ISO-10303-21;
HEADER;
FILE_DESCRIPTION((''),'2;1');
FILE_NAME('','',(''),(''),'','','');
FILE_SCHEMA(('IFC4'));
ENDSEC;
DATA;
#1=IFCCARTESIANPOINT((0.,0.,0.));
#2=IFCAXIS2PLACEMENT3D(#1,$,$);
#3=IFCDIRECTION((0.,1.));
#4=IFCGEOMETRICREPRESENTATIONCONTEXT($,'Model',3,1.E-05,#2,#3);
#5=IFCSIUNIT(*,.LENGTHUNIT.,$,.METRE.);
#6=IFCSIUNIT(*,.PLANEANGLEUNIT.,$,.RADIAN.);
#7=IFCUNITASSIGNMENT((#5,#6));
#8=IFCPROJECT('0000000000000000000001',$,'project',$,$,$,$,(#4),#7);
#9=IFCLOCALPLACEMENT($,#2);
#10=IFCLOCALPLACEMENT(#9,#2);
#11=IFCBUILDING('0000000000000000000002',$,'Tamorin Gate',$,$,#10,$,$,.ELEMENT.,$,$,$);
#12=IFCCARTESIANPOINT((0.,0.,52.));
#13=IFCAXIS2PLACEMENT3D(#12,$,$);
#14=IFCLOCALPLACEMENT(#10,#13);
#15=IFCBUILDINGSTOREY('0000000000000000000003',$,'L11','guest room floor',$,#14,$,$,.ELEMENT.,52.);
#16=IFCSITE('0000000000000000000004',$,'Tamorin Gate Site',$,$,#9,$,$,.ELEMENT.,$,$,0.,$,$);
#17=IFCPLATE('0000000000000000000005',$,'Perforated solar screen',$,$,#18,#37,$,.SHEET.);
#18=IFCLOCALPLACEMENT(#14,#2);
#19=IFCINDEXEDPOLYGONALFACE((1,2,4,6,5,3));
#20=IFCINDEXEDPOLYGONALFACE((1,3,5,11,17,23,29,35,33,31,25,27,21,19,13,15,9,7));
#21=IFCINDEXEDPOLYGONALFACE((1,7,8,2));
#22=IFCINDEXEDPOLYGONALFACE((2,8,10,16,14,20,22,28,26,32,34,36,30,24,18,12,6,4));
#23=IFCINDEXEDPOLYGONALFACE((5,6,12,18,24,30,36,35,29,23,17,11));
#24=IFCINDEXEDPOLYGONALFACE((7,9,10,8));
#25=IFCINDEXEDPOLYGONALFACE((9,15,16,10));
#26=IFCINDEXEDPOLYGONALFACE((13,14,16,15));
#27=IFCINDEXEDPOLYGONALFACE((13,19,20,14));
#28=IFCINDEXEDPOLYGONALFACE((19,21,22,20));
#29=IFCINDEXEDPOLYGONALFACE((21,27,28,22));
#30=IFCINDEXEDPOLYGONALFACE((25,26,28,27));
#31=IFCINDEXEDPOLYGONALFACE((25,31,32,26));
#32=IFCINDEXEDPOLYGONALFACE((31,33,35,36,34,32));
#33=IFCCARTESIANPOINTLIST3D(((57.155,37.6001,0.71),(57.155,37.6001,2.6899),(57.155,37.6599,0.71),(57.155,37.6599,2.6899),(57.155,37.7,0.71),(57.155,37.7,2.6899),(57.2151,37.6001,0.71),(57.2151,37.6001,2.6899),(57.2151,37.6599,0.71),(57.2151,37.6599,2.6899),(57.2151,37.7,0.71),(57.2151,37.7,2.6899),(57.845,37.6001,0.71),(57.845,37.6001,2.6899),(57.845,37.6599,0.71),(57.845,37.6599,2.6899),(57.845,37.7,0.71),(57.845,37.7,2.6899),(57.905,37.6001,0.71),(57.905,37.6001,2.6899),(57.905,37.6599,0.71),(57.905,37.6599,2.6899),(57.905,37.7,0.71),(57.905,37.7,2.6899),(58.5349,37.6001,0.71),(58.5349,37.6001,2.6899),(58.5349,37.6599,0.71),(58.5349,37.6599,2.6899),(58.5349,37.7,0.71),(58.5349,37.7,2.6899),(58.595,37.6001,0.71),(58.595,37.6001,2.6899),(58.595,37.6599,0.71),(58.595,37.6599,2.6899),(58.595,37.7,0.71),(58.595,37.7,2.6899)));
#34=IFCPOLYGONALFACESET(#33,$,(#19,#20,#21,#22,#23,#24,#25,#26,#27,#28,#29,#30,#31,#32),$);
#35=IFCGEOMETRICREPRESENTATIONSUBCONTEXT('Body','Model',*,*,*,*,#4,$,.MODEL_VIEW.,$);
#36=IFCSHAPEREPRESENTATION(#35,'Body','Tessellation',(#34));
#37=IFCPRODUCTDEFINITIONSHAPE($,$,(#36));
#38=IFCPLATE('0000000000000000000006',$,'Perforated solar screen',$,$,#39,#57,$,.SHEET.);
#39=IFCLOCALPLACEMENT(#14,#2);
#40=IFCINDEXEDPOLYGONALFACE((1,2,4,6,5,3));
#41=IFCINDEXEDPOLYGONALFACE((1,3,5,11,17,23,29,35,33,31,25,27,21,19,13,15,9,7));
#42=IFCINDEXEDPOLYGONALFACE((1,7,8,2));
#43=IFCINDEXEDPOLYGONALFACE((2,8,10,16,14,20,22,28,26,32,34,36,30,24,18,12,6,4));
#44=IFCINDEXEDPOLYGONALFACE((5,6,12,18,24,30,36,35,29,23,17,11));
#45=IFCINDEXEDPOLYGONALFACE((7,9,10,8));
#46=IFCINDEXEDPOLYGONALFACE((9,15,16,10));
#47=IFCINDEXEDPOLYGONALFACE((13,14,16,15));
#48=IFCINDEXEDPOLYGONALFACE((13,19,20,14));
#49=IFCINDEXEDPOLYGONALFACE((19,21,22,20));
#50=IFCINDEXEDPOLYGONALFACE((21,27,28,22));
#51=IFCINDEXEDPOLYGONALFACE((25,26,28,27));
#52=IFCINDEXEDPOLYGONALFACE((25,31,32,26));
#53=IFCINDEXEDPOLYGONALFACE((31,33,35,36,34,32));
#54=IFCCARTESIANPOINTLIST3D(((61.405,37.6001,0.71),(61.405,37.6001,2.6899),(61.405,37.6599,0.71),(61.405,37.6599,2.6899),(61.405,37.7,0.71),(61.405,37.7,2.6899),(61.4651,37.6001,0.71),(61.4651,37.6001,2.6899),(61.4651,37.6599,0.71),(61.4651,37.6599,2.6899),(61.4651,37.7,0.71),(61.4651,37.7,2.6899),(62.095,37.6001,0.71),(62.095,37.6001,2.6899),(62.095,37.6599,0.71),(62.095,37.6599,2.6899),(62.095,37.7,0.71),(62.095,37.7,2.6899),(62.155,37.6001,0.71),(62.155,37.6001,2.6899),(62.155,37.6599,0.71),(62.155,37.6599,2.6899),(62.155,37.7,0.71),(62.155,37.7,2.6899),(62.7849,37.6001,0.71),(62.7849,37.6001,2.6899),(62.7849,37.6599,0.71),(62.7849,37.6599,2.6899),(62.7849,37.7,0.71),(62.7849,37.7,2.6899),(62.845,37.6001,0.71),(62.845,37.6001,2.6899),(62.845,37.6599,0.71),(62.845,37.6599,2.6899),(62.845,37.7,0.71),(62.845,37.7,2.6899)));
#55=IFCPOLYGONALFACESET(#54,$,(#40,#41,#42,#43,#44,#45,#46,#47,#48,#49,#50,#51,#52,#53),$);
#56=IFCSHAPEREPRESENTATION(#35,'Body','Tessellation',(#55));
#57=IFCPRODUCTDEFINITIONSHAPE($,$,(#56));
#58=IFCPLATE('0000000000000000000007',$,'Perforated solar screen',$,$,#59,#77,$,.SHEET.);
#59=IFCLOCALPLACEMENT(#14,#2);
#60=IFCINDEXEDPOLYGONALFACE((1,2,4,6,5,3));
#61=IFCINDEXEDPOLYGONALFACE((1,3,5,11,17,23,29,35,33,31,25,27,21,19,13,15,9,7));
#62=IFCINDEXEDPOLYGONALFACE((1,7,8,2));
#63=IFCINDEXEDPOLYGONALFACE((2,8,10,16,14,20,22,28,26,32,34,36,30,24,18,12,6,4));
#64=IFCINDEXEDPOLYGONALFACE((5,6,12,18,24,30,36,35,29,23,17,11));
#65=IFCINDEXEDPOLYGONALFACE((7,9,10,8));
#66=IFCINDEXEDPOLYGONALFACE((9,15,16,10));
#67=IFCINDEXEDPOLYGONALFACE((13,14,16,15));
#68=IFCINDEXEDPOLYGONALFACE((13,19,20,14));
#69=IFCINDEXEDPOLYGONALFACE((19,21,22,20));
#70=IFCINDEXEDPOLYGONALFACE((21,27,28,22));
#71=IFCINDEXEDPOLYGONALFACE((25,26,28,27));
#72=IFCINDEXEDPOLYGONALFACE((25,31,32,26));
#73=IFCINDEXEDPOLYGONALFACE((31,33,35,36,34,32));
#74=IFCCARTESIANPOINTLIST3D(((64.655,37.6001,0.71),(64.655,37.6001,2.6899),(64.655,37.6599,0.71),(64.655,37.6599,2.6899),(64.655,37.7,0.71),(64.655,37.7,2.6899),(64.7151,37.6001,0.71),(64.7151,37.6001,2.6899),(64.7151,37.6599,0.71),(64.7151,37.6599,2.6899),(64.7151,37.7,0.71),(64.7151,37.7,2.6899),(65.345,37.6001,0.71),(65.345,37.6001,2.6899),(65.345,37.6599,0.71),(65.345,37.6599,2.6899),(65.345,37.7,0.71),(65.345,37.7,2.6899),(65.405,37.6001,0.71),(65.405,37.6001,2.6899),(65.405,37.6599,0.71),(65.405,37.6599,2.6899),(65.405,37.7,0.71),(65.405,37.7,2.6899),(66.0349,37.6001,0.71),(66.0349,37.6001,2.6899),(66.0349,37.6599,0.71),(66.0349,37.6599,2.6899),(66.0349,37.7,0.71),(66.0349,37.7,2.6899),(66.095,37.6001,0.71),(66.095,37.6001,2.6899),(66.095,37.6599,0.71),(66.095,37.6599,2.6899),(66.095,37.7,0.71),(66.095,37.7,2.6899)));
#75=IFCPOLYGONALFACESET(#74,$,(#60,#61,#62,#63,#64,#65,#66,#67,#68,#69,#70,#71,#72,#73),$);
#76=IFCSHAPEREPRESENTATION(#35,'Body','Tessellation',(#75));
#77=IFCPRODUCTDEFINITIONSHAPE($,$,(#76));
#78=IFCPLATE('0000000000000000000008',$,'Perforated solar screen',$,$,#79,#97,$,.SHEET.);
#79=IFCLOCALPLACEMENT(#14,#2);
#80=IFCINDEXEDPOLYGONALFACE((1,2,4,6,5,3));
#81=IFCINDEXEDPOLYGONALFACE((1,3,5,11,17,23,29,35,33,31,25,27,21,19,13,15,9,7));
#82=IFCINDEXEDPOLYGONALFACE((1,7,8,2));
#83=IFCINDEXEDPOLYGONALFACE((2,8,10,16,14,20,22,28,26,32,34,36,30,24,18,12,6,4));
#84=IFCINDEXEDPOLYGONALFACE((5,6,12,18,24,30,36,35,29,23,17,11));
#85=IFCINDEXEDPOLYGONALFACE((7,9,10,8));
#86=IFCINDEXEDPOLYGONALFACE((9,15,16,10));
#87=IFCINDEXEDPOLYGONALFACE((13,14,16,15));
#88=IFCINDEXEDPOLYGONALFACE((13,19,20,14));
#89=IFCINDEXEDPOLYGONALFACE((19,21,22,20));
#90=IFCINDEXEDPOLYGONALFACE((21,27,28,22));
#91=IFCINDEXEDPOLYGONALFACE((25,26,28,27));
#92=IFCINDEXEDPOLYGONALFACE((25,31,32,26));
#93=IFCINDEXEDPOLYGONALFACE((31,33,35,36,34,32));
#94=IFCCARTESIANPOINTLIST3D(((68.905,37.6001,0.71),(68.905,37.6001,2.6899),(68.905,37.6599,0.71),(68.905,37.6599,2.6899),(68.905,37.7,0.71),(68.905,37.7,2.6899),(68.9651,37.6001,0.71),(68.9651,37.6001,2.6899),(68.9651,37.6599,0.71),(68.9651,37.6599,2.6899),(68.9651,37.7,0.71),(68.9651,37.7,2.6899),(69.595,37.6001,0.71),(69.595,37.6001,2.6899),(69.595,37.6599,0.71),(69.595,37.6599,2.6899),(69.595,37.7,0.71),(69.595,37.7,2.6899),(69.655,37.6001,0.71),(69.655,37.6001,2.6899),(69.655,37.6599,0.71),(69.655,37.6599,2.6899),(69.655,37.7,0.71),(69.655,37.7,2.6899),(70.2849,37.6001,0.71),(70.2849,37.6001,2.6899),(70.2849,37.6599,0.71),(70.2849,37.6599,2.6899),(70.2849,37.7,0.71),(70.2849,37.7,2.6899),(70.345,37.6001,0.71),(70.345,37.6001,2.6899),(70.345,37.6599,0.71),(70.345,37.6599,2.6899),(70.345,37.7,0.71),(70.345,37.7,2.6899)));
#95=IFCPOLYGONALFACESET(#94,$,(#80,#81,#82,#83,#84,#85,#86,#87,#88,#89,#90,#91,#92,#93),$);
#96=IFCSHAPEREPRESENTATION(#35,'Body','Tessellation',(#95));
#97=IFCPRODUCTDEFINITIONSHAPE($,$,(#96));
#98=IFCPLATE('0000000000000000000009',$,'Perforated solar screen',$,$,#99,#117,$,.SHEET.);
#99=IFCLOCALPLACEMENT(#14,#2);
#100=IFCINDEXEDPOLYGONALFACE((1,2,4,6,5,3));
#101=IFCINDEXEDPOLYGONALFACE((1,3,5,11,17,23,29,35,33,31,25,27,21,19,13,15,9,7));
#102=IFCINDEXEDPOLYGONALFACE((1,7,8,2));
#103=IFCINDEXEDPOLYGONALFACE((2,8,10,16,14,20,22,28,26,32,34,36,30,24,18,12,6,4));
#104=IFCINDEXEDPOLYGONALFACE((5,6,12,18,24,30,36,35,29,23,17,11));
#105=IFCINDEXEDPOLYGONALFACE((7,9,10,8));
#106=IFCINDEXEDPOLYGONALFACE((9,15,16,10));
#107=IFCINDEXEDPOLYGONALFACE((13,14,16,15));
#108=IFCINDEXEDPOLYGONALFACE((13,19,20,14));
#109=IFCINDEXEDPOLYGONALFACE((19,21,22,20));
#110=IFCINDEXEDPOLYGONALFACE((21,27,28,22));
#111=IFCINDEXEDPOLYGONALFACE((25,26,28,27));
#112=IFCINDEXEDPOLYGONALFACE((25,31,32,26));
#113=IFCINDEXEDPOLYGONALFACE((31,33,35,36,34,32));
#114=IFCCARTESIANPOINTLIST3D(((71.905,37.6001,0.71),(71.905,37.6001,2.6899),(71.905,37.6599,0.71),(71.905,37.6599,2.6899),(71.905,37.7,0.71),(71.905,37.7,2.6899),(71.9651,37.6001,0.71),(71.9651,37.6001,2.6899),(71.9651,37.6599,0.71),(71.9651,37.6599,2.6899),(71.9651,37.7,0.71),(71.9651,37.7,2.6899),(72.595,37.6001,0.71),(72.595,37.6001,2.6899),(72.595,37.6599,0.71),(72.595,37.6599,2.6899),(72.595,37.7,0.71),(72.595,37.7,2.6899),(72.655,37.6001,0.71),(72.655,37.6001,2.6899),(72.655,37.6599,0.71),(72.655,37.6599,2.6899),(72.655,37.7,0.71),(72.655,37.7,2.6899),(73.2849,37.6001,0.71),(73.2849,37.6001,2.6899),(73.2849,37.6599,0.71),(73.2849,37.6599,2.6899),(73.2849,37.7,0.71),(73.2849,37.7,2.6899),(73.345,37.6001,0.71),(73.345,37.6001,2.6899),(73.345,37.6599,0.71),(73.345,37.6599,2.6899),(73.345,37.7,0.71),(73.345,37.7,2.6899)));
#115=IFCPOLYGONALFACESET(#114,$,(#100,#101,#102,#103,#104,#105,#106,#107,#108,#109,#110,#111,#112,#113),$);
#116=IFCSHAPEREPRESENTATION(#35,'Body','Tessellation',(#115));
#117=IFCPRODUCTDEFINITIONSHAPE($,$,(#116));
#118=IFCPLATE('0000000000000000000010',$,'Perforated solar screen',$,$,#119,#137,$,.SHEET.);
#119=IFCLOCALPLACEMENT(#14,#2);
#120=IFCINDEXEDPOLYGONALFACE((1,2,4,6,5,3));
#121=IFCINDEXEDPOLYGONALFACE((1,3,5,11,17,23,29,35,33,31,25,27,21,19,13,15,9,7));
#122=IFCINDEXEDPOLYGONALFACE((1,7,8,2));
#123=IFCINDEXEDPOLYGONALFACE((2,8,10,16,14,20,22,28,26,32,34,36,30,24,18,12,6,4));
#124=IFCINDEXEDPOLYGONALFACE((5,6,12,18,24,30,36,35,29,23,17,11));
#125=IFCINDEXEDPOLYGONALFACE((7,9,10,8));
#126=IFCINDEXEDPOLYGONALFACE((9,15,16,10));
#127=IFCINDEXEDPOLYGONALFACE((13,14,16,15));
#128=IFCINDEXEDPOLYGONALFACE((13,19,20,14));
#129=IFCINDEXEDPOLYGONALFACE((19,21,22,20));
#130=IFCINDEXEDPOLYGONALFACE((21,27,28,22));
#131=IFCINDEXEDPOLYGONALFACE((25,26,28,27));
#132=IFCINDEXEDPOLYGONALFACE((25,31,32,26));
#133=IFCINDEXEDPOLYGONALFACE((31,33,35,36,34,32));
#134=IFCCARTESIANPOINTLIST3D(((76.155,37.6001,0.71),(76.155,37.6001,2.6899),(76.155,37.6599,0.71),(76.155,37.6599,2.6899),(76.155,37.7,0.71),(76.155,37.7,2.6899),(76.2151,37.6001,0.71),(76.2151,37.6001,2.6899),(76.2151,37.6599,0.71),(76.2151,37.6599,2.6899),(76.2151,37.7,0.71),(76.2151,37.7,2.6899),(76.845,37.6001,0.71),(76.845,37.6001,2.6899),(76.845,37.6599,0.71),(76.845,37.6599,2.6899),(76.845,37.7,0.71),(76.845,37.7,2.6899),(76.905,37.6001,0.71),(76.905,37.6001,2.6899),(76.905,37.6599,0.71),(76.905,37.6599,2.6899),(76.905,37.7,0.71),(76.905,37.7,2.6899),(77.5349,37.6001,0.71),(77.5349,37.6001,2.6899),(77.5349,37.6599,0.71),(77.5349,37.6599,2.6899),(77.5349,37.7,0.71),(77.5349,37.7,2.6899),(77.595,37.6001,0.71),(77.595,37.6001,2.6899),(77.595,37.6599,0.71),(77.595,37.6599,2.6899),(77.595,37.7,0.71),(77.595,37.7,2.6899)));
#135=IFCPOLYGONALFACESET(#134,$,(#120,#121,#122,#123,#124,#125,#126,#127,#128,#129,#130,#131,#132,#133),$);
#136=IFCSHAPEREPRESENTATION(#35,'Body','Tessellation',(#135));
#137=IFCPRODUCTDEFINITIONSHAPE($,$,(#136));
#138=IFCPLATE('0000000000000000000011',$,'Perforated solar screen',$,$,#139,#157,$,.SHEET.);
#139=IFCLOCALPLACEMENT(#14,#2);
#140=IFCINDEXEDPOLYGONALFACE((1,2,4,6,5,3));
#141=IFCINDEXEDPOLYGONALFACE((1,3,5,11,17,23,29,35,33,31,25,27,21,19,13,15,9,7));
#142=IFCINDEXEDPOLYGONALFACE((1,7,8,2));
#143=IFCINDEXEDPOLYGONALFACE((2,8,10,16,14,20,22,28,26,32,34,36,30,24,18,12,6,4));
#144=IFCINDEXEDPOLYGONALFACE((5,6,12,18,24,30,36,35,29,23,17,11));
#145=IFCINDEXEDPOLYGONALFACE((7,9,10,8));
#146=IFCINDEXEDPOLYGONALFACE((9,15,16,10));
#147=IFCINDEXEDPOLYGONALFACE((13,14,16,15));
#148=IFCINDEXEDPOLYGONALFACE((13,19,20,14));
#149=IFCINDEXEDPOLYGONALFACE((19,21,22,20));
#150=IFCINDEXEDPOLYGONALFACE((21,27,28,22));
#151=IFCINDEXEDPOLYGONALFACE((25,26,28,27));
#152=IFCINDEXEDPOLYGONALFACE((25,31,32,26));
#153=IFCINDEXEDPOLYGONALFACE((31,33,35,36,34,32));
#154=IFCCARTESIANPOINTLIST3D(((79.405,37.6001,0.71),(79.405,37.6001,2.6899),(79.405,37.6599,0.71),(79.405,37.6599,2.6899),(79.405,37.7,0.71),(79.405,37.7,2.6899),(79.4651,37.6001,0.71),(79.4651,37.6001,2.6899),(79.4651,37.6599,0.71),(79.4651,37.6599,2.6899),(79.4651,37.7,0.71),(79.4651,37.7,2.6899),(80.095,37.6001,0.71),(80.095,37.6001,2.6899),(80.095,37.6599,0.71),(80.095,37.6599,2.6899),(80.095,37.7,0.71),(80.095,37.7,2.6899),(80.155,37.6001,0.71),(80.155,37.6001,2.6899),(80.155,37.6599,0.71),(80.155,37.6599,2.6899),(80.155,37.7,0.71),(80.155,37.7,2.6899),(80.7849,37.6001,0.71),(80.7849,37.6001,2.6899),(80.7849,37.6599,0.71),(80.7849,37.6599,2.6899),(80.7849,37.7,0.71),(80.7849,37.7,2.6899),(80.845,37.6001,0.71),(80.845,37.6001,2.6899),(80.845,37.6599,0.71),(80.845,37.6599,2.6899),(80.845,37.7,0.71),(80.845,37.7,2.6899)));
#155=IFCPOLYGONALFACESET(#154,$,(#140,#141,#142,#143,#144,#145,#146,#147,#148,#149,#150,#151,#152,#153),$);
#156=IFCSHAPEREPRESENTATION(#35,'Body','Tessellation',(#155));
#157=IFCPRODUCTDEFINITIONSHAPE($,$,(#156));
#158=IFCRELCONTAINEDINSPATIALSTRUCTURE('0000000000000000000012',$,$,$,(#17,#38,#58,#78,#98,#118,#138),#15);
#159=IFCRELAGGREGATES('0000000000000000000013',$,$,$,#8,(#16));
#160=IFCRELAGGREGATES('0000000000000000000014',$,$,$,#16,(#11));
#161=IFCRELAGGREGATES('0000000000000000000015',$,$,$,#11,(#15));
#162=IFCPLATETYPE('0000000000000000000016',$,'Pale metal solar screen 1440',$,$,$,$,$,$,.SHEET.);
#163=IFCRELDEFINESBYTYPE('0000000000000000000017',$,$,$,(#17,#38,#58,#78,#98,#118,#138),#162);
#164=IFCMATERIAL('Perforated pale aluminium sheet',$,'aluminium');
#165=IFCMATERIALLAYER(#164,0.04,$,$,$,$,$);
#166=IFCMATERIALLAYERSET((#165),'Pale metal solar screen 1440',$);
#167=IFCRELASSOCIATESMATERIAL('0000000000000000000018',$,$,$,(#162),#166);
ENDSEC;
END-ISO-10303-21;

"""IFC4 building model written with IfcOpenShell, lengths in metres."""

from ifc_helpers import new_model, si_unit, direction, frame, origin, place, context, subcontext, project, spatial, polyline, outline, extrude, material, layer, layer_set, type_object, element, save


model = new_model("IFC4")

# Units and contexts
model_context = context("Model", 3, precision=1e-05, world=origin(), true_north=direction((0.0, 1.0)))
body_context = subcontext(model_context, "Body", "Model", "MODEL_VIEW")
ifc_project = project(units=[si_unit("LENGTHUNIT", "METRE"), si_unit("PLANEANGLEUNIT", "RADIAN")], contexts=[model_context])

# Site, building, storey
site_placement = place(None, origin())
site = spatial("IfcSite", under=ifc_project, at=site_placement, Name="Tamorin Gate Site", CompositionType="ELEMENT", RefElevation=0.0)
building_placement = place(site_placement, origin())
building = spatial("IfcBuilding", under=site, at=building_placement, Name="Tamorin Gate", CompositionType="ELEMENT")
storey_placement = place(building_placement, frame((0.0, 0.0, 52.0)))
storey = spatial("IfcBuildingStorey", under=building, at=storey_placement, Name="L11", Description="guest room floor", CompositionType="ELEMENT", Elevation=52.0)

# Plates
ifc_material_1 = material(Name="Perforated pale aluminium sheet", Category="aluminium")
ifc_layer_1 = layer(ifc_material_1, 0.04)
ifc_layer_set_1 = layer_set([ifc_layer_1], Name="Pale metal solar screen 1440")
plate_type = type_object("IfcPlateType", Name="Pale metal solar screen 1440", PredefinedType="SHEET", material=ifc_layer_set_1)
plate_1_placement = place(storey_placement, frame((0.0, 0.0, 0.71)))
element("IfcPlate", 1, at=plate_1_placement, inside=storey, type_object=plate_type, Name="Perforated solar screen", PredefinedType="SHEET", context=body_context, shape_type="SweptSolid", body=[
    extrude(outline(polyline([(57.155, 37.6599), (57.155, 37.7), (57.2151, 37.7), (57.845, 37.7), (57.905, 37.7), (58.5349, 37.7), (58.595, 37.7), (58.595, 37.6599), (58.595, 37.6001), (58.5349, 37.6001), (58.5349, 37.6599), (57.905, 37.6599), (57.905, 37.6001), (57.845, 37.6001), (57.845, 37.6599), (57.2151, 37.6599), (57.2151, 37.6001), (57.155, 37.6001), (57.155, 37.6599)])), origin(), (0.0, 0.0, 1.0), 1.98),
])
plate_2_placement = place(storey_placement, frame((0.0, 0.0, 0.71)))
element("IfcPlate", 2, at=plate_2_placement, inside=storey, type_object=plate_type, Name="Perforated solar screen", PredefinedType="SHEET", context=body_context, shape_type="SweptSolid", body=[
    extrude(outline(polyline([(61.405, 37.6599), (61.405, 37.7), (61.4651, 37.7), (62.095, 37.7), (62.155, 37.7), (62.7849, 37.7), (62.845, 37.7), (62.845, 37.6599), (62.845, 37.6001), (62.7849, 37.6001), (62.7849, 37.6599), (62.155, 37.6599), (62.155, 37.6001), (62.095, 37.6001), (62.095, 37.6599), (61.4651, 37.6599), (61.4651, 37.6001), (61.405, 37.6001), (61.405, 37.6599)])), origin(), (0.0, 0.0, 1.0), 1.98),
])
plate_3_placement = place(storey_placement, frame((0.0, 0.0, 0.71)))
element("IfcPlate", 3, at=plate_3_placement, inside=storey, type_object=plate_type, Name="Perforated solar screen", PredefinedType="SHEET", context=body_context, shape_type="SweptSolid", body=[
    extrude(outline(polyline([(64.655, 37.6599), (64.655, 37.7), (64.7151, 37.7), (65.345, 37.7), (65.405, 37.7), (66.0349, 37.7), (66.095, 37.7), (66.095, 37.6599), (66.095, 37.6001), (66.0349, 37.6001), (66.0349, 37.6599), (65.405, 37.6599), (65.405, 37.6001), (65.345, 37.6001), (65.345, 37.6599), (64.7151, 37.6599), (64.7151, 37.6001), (64.655, 37.6001), (64.655, 37.6599)])), origin(), (0.0, 0.0, 1.0), 1.98),
])
plate_4_placement = place(storey_placement, frame((0.0, 0.0, 0.71)))
element("IfcPlate", 4, at=plate_4_placement, inside=storey, type_object=plate_type, Name="Perforated solar screen", PredefinedType="SHEET", context=body_context, shape_type="SweptSolid", body=[
    extrude(outline(polyline([(68.905, 37.6599), (68.905, 37.7), (68.9651, 37.7), (69.595, 37.7), (69.655, 37.7), (70.2849, 37.7), (70.345, 37.7), (70.345, 37.6599), (70.345, 37.6001), (70.2849, 37.6001), (70.2849, 37.6599), (69.655, 37.6599), (69.655, 37.6001), (69.595, 37.6001), (69.595, 37.6599), (68.9651, 37.6599), (68.9651, 37.6001), (68.905, 37.6001), (68.905, 37.6599)])), origin(), (0.0, 0.0, 1.0), 1.98),
])
plate_5_placement = place(storey_placement, frame((0.0, 0.0, 0.71)))
element("IfcPlate", 5, at=plate_5_placement, inside=storey, type_object=plate_type, Name="Perforated solar screen", PredefinedType="SHEET", context=body_context, shape_type="SweptSolid", body=[
    extrude(outline(polyline([(71.905, 37.6599), (71.905, 37.7), (71.9651, 37.7), (72.595, 37.7), (72.655, 37.7), (73.2849, 37.7), (73.345, 37.7), (73.345, 37.6599), (73.345, 37.6001), (73.2849, 37.6001), (73.2849, 37.6599), (72.655, 37.6599), (72.655, 37.6001), (72.595, 37.6001), (72.595, 37.6599), (71.9651, 37.6599), (71.9651, 37.6001), (71.905, 37.6001), (71.905, 37.6599)])), origin(), (0.0, 0.0, 1.0), 1.98),
])
plate_6_placement = place(storey_placement, frame((0.0, 0.0, 0.71)))
element("IfcPlate", 6, at=plate_6_placement, inside=storey, type_object=plate_type, Name="Perforated solar screen", PredefinedType="SHEET", context=body_context, shape_type="SweptSolid", body=[
    extrude(outline(polyline([(76.155, 37.6599), (76.155, 37.7), (76.2151, 37.7), (76.845, 37.7), (76.905, 37.7), (77.5349, 37.7), (77.595, 37.7), (77.595, 37.6599), (77.595, 37.6001), (77.5349, 37.6001), (77.5349, 37.6599), (76.905, 37.6599), (76.905, 37.6001), (76.845, 37.6001), (76.845, 37.6599), (76.2151, 37.6599), (76.2151, 37.6001), (76.155, 37.6001), (76.155, 37.6599)])), origin(), (0.0, 0.0, 1.0), 1.98),
])
plate_7_placement = place(storey_placement, frame((0.0, 0.0, 0.71)))
element("IfcPlate", 7, at=plate_7_placement, inside=storey, type_object=plate_type, Name="Perforated solar screen", PredefinedType="SHEET", context=body_context, shape_type="SweptSolid", body=[
    extrude(outline(polyline([(79.405, 37.6599), (79.405, 37.7), (79.4651, 37.7), (80.095, 37.7), (80.155, 37.7), (80.7849, 37.7), (80.845, 37.7), (80.845, 37.6599), (80.845, 37.6001), (80.7849, 37.6001), (80.7849, 37.6599), (80.155, 37.6599), (80.155, 37.6001), (80.095, 37.6001), (80.095, 37.6599), (79.4651, 37.6599), (79.4651, 37.6001), (79.405, 37.6001), (79.405, 37.6599)])), origin(), (0.0, 0.0, 1.0), 1.98),
])

save(model, "model.ifc")
